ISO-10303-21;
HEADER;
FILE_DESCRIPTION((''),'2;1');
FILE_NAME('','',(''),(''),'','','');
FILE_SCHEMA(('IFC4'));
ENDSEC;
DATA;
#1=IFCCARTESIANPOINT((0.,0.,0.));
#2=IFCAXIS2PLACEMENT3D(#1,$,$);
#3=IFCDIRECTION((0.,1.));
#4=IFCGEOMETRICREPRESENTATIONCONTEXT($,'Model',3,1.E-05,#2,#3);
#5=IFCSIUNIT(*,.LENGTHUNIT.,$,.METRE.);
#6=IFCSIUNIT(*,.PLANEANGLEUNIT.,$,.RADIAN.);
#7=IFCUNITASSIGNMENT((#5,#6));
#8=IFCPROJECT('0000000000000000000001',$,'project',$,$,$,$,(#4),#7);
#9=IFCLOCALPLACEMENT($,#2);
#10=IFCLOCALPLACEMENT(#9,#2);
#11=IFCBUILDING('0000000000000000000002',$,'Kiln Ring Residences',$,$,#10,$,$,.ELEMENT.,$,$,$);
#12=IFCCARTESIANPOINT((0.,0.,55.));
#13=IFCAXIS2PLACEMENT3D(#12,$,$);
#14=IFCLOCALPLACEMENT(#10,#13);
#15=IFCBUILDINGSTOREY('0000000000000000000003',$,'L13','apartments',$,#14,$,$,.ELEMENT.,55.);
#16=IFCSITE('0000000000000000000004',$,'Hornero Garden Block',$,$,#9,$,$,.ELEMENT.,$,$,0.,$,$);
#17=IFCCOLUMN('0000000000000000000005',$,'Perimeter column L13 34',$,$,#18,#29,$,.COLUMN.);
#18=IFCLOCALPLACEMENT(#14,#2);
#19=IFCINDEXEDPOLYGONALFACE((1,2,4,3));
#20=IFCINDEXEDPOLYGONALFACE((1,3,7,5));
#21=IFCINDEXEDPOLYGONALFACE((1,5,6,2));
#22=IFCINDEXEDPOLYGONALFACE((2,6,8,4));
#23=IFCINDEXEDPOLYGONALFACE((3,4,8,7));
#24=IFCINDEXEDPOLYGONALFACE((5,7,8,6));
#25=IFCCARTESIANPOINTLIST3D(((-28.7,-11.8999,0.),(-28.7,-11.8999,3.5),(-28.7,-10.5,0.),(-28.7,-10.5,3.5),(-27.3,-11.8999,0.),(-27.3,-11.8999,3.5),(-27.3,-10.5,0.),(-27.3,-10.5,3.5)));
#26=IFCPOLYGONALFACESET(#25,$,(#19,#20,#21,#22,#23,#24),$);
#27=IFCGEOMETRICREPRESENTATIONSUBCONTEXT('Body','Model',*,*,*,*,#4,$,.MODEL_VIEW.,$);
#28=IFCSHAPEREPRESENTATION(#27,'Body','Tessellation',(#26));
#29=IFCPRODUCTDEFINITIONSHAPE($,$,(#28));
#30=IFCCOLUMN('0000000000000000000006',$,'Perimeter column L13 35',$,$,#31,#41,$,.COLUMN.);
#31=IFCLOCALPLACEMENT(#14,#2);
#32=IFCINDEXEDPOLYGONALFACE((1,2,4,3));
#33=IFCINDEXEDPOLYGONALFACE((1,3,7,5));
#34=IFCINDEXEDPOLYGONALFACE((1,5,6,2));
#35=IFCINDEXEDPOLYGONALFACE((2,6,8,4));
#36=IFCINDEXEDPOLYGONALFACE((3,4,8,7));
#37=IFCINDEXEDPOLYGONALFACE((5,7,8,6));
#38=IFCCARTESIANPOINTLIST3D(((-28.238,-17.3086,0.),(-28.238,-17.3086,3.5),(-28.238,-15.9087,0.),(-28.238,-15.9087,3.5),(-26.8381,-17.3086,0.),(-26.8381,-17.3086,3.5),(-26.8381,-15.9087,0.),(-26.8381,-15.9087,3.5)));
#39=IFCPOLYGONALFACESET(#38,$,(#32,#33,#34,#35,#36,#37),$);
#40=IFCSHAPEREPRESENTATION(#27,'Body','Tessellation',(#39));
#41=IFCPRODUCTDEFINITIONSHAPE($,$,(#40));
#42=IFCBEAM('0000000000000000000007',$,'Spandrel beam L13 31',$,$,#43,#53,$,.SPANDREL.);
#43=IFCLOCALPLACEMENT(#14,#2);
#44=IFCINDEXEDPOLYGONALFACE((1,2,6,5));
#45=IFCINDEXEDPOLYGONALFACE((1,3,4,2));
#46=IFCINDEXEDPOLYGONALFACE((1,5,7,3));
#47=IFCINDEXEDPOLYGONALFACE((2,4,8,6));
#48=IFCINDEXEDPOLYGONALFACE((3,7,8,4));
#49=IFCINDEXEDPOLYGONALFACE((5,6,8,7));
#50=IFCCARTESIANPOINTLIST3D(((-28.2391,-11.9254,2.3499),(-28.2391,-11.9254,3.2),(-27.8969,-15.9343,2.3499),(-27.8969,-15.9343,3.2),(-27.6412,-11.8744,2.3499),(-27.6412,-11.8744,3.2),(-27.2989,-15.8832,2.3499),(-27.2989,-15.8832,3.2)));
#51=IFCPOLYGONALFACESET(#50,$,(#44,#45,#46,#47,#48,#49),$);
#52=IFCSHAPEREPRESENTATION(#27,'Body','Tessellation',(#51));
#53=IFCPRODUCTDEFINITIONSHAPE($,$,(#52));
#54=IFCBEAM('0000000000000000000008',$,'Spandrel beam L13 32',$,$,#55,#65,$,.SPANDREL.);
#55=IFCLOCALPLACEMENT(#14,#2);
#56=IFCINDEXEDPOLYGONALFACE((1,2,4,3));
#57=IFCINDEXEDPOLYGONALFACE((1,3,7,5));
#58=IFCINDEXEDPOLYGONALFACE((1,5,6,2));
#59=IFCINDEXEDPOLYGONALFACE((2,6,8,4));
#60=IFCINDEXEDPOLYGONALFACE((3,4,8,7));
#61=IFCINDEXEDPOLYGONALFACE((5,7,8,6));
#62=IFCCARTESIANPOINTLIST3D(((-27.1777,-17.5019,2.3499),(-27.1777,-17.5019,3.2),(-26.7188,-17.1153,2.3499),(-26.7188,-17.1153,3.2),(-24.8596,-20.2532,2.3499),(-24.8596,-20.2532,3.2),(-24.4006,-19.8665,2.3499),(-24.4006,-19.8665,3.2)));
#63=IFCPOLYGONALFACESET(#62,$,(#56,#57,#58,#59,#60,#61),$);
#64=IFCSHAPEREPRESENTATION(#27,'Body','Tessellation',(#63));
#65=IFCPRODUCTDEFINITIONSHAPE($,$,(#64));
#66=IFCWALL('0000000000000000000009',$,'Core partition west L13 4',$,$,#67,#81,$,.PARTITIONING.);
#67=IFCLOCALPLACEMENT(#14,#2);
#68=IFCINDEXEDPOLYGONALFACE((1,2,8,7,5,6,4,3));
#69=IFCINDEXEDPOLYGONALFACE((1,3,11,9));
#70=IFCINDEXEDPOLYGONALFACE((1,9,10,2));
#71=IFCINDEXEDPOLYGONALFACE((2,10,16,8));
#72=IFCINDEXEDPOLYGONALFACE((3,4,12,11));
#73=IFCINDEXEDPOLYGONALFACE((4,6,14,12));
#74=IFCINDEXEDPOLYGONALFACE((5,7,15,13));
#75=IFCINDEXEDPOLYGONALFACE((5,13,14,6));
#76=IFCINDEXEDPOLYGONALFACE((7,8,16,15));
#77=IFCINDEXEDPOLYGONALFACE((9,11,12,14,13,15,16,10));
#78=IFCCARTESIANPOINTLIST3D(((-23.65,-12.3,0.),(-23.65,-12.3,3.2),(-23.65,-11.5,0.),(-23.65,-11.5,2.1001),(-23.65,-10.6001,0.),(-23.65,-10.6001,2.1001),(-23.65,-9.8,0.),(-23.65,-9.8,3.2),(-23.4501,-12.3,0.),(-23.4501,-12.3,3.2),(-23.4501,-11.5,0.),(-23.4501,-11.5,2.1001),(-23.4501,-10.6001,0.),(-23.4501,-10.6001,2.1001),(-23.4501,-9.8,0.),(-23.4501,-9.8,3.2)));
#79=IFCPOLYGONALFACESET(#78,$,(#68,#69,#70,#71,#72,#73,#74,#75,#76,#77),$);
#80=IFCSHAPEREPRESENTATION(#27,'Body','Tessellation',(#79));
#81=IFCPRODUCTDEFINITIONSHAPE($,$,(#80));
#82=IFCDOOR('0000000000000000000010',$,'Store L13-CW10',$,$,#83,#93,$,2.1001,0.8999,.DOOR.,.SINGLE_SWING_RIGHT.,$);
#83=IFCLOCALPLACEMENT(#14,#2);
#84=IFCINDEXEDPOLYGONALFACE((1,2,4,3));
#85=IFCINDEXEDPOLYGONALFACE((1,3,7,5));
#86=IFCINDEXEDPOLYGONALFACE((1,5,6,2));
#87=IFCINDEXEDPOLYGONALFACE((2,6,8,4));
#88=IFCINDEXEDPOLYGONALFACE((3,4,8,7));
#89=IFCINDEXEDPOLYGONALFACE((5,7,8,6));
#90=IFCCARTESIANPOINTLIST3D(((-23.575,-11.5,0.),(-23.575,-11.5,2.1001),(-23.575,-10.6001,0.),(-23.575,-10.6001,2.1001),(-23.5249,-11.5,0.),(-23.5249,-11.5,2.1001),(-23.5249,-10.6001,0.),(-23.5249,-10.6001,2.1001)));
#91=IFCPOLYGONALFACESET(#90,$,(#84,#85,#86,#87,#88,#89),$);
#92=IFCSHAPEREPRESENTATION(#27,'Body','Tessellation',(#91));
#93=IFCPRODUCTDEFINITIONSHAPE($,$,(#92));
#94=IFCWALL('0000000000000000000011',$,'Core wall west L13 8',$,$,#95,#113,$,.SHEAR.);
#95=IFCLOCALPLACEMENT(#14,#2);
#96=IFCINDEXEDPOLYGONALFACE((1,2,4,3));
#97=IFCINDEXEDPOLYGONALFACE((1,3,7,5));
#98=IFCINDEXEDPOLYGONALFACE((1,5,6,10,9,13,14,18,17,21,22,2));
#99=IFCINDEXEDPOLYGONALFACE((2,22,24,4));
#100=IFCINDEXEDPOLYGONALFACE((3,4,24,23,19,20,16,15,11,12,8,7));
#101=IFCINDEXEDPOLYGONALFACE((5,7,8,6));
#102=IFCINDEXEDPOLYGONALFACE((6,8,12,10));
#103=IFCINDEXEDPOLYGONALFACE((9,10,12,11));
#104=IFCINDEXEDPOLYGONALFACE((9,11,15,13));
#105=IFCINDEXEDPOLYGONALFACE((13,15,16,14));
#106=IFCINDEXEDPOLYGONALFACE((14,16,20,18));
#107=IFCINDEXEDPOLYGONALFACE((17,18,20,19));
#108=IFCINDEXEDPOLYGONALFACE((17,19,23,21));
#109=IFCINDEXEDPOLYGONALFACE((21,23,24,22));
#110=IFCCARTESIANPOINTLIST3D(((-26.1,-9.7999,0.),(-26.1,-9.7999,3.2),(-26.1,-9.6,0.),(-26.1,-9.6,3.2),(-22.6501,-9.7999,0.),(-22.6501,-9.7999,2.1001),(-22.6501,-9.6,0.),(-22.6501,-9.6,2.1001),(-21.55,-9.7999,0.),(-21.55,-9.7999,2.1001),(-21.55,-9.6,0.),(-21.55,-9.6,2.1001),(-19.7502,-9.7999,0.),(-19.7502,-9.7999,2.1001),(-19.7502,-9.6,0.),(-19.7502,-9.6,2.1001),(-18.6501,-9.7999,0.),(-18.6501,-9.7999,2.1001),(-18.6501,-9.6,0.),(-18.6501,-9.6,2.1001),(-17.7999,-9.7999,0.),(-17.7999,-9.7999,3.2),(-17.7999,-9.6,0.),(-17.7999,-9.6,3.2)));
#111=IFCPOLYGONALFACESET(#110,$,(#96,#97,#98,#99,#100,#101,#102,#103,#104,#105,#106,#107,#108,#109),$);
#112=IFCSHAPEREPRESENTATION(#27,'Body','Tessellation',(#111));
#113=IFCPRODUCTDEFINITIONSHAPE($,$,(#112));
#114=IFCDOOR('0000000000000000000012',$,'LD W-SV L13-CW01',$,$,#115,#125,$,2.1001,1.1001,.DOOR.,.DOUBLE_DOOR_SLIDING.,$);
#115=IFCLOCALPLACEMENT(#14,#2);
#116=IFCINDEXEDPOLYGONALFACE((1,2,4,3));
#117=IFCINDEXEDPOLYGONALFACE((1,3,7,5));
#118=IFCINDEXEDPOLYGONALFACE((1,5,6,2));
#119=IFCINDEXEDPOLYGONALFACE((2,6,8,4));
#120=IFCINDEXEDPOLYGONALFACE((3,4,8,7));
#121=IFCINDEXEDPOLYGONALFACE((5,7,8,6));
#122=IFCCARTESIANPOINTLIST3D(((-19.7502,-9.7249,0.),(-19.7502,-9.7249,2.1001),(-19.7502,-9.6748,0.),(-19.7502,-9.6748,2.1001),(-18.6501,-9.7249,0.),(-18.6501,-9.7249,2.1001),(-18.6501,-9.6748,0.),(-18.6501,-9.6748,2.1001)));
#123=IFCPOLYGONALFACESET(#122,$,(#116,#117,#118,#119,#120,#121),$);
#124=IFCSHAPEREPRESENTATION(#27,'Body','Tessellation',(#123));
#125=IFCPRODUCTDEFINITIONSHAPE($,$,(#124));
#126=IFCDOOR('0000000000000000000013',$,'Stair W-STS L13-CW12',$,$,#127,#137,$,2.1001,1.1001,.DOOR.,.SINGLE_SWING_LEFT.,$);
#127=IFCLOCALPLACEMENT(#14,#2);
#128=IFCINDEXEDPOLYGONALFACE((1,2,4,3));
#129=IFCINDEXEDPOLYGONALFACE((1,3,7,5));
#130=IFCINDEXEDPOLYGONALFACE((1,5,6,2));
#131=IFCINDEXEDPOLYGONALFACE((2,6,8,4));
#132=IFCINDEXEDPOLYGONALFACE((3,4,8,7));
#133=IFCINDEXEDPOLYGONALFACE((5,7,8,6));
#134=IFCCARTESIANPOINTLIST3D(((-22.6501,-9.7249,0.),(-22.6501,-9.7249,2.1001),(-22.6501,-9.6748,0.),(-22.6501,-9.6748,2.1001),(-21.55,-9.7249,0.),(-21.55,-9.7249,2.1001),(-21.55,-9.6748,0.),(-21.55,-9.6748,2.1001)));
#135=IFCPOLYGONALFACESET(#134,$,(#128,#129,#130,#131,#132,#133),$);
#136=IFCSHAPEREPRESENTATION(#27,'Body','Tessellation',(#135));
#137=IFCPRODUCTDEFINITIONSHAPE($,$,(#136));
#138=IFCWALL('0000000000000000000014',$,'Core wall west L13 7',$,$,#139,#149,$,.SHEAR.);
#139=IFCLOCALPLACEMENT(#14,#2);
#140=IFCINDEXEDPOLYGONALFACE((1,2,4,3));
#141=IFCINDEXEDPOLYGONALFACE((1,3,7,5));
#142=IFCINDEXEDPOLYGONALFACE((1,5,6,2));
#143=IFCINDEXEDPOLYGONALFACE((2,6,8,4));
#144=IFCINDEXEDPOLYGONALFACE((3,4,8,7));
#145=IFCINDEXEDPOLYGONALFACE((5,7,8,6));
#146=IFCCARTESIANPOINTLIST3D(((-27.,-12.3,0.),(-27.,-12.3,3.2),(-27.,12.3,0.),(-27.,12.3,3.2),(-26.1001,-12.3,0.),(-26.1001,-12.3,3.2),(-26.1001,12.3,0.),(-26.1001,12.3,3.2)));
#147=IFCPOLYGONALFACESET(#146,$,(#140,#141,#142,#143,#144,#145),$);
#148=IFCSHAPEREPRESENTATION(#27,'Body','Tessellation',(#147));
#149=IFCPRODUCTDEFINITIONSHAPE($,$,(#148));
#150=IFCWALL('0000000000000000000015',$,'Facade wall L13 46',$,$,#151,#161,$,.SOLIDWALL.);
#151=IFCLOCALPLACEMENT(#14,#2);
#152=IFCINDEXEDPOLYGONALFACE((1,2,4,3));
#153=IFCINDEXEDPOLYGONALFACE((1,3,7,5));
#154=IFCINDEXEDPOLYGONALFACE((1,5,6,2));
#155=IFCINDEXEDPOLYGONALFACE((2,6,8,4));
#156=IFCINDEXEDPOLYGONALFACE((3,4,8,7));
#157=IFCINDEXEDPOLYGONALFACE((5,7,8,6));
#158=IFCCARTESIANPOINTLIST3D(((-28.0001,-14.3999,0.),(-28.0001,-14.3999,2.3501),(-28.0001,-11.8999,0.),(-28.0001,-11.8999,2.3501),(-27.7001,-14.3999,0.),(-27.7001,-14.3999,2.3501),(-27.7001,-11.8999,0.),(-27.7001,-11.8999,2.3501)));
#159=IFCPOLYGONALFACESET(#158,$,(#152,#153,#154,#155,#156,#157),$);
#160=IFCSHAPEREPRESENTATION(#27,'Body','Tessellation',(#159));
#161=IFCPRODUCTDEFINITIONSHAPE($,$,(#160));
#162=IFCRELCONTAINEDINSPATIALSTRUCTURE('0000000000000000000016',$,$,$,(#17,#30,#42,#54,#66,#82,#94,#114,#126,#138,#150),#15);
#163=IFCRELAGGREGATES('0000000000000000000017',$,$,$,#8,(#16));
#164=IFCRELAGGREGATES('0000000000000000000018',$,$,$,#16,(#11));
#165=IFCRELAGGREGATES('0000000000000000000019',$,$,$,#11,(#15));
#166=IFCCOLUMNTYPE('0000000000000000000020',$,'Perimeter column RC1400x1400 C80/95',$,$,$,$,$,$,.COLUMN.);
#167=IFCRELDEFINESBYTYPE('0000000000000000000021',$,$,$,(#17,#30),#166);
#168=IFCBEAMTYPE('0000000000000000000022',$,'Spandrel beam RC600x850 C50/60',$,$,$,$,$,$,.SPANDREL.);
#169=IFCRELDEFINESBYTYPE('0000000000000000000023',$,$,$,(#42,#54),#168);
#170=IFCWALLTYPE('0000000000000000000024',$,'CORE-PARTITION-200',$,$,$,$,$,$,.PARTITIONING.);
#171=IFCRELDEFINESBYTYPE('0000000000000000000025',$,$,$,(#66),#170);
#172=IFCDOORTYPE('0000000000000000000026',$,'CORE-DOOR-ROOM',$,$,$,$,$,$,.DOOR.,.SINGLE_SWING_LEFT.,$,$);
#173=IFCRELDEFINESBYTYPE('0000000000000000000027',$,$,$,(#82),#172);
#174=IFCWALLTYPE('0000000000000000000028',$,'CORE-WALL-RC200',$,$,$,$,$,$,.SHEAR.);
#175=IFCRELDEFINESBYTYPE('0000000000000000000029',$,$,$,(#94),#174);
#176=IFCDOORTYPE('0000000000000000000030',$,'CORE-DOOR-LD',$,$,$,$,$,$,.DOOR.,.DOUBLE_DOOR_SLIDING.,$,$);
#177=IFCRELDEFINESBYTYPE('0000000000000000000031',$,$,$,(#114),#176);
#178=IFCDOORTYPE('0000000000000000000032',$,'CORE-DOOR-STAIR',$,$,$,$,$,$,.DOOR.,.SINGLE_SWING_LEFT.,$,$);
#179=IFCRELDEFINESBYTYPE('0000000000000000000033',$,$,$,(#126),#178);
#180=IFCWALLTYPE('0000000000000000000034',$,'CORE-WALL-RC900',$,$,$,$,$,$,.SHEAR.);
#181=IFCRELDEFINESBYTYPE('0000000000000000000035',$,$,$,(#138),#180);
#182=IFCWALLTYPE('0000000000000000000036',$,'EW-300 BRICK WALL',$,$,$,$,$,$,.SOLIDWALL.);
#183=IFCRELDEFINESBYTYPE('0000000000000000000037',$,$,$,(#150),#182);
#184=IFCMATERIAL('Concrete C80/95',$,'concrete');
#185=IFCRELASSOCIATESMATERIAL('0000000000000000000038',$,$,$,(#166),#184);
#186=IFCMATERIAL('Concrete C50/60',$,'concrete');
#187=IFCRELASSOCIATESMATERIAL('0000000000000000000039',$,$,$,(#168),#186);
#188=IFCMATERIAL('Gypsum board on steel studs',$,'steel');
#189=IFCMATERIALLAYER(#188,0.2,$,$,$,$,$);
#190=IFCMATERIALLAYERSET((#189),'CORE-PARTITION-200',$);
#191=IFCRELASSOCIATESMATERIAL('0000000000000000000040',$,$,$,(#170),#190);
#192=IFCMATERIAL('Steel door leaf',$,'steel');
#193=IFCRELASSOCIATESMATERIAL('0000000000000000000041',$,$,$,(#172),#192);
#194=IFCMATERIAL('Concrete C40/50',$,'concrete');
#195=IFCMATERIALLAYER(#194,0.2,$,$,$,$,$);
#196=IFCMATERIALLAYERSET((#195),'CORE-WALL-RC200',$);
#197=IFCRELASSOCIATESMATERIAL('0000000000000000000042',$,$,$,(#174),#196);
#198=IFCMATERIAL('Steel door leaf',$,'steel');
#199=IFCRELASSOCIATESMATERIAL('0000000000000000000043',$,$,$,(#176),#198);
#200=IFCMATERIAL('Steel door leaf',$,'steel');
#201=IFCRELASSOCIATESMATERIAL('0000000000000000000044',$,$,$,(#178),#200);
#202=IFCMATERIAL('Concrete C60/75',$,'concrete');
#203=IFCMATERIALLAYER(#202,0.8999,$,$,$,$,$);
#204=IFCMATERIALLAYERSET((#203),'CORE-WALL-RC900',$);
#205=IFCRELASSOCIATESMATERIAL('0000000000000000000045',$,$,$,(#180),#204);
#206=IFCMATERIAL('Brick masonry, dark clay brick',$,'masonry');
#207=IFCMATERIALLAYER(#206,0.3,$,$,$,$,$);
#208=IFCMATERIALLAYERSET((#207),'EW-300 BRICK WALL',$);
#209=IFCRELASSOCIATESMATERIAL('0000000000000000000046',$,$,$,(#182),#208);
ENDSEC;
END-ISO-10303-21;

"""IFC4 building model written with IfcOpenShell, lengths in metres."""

from ifc_helpers import new_model, si_unit, direction, frame, frame_2d, origin, origin_2d, place, context, subcontext, project, spatial, rectangle, extrude, material, layer, layer_set, material_profile, profile_set, type_object, element, fill, save


model = new_model("IFC4")

# Units and contexts
model_context = context("Model", 3, precision=1e-05, world=origin(), true_north=direction((0.0, 1.0)))
body_context = subcontext(model_context, "Body", "Model", "MODEL_VIEW")
ifc_project = project(units=[si_unit("LENGTHUNIT", "METRE"), si_unit("PLANEANGLEUNIT", "RADIAN")], contexts=[model_context])

# Site, building, storey
site_placement = place(None, origin())
site = spatial("IfcSite", under=ifc_project, at=site_placement, Name="Hornero Garden Block", CompositionType="ELEMENT", RefElevation=0.0)
building_placement = place(site_placement, origin())
building = spatial("IfcBuilding", under=site, at=building_placement, Name="Kiln Ring Residences", CompositionType="ELEMENT")
storey_placement = place(building_placement, frame((0.0, 0.0, 55.0)))
storey = spatial("IfcBuildingStorey", under=building, at=storey_placement, Name="L13", Description="apartments", CompositionType="ELEMENT", Elevation=55.0)

# Columns
ifc_material_1 = material(Name="Concrete C80/95", Category="concrete")
ifc_material_profile_1 = material_profile(ifc_material_1, rectangle(XDim=1.3999, YDim=1.3999, at=origin_2d()), Name="RC1400x1400")
ifc_profile_set_1 = profile_set([ifc_material_profile_1], Name="Concrete C80/95")
column_type = type_object("IfcColumnType", Name="Perimeter column RC1400x1400 C80/95", PredefinedType="COLUMN", material=ifc_profile_set_1)
for number, where, z_axis, x_axis, name in (
    (1, (-28.0, -11.2, 0.0), (0.0, 0.0, 1.0), (1.0, 0.0, 0.0), "Perimeter column L13 34"),
    (2, (-27.5381, -16.6086, 0.0), (0.0, 0.0, 1.0), (1.0, 0.0, 0.0), "Perimeter column L13 35"),
):
    element("IfcColumn", number, at=place(storey_placement, frame(where, z_axis=z_axis, x_axis=x_axis)), inside=storey, type_object=column_type, Name=name, PredefinedType="COLUMN", context=body_context, shape_type="SweptSolid", body=[
        extrude(rectangle(XDim=1.3999, YDim=1.3999, at=origin_2d()), origin(), (0.0, 0.0, 1.0), 3.5),
    ])

# Beams
ifc_material_2 = material(Name="Concrete C50/60", Category="concrete")
ifc_material_profile_2 = material_profile(ifc_material_2, rectangle(XDim=0.6001, YDim=0.8501, at=origin_2d()), Name="RC600x850")
ifc_profile_set_2 = profile_set([ifc_material_profile_2], Name="Concrete C50/60")
beam_type = type_object("IfcBeamType", Name="Spandrel beam RC600x850 C50/60", PredefinedType="SPANDREL", material=ifc_profile_set_2)
beam_1_placement = place(storey_placement, frame((-27.9402, -11.8999, 2.7749), z_axis=(0.085074, -0.996375, 0.0), x_axis=(0.996375, 0.085074, 0.0)))
element("IfcBeam", 3, at=beam_1_placement, inside=storey, type_object=beam_type, Name="Spandrel beam L13 31", PredefinedType="SPANDREL", context=body_context, shape_type="SweptSolid", body=[
    extrude(rectangle(XDim=0.6001, YDim=0.8501, at=origin_2d()), origin(), (0.0, 0.0, 1.0), 4.0234),
])
beam_2_placement = place(storey_placement, frame((-26.9482, -17.3086, 2.7749), z_axis=(0.644347, -0.764733, 0.0), x_axis=(0.764733, 0.644347, 0.0)))
element("IfcBeam", 4, at=beam_2_placement, inside=storey, type_object=beam_type, Name="Spandrel beam L13 32", PredefinedType="SPANDREL", context=body_context, shape_type="SweptSolid", body=[
    extrude(rectangle(XDim=0.6001, YDim=0.8501, at=origin_2d()), origin(), (0.0, 0.0, 1.0), 3.5977),
])

# Wall, opening, door
ifc_material_3 = material(Name="Gypsum board on steel studs", Category="steel")
ifc_layer_1 = layer(ifc_material_3, 0.2)
ifc_layer_set_1 = layer_set([ifc_layer_1], Name="CORE-PARTITION-200")
wall_type_1 = type_object("IfcWallType", Name="CORE-PARTITION-200", PredefinedType="PARTITIONING", material=ifc_layer_set_1)
wall_1_placement = place(storey_placement, frame((-23.55, -12.3, 0.0), z_axis=(0.0, 0.0, 1.0), x_axis=(0.0, 1.0, 0.0)))
wall_1 = element("IfcWall", 5, at=wall_1_placement, inside=storey, type_object=wall_type_1, Name="Core partition west L13 4", PredefinedType="PARTITIONING", context=body_context, shape_type="SweptSolid", body=[
    extrude(rectangle(XDim=2.5, YDim=0.2, at=frame_2d((1.25, 0.0))), origin(), (0.0, 0.0, 1.0), 3.2),
])
opening_1_placement = place(wall_1_placement, frame((0.8, 0.0, 0.0)))
opening_1 = element("IfcOpeningElement", 6, at=opening_1_placement, cuts=wall_1, PredefinedType="OPENING", context=body_context, shape_type="SweptSolid", body=[
    extrude(rectangle(XDim=0.8999, YDim=2.1001, at=frame_2d((0.45, 1.05))), frame((0.0, 0.1099, 0.0), z_axis=(0.0, -1.0, 0.0), x_axis=(1.0, 0.0, 0.0)), (0.0, 0.0, 1.0), 0.22),
])
ifc_material_4 = material(Name="Steel door leaf", Category="steel")
door_type_1 = type_object("IfcDoorType", Name="CORE-DOOR-ROOM", OperationType="SINGLE_SWING_LEFT", PredefinedType="DOOR", material=ifc_material_4)
door_1_placement = place(opening_1_placement, origin())
door_1 = element("IfcDoor", 7, at=door_1_placement, inside=storey, type_object=door_type_1, Name="Store L13-CW10", OperationType="SINGLE_SWING_RIGHT", OverallHeight=2.1001, OverallWidth=0.8999, PredefinedType="DOOR", context=body_context, shape_type="SweptSolid", body=[
    extrude(rectangle(XDim=0.8999, YDim=2.1001, at=frame_2d((0.45, 1.05))), frame((0.0, 0.0249, 0.0), z_axis=(0.0, -1.0, 0.0), x_axis=(1.0, 0.0, 0.0)), (0.0, 0.0, 1.0), 0.05),
])
fill(opening_1, door_1)

# Wall, openings, doors
ifc_material_5 = material(Name="Concrete C40/50", Category="concrete")
ifc_layer_2 = layer(ifc_material_5, 0.2)
ifc_layer_set_2 = layer_set([ifc_layer_2], Name="CORE-WALL-RC200")
wall_type_2 = type_object("IfcWallType", Name="CORE-WALL-RC200", PredefinedType="SHEAR", material=ifc_layer_set_2)
wall_2_placement = place(storey_placement, frame((-17.8, -9.7, 0.0), z_axis=(0.0, 0.0, 1.0), x_axis=(-1.0, 0.0, 0.0)))
wall_2 = element("IfcWall", 8, at=wall_2_placement, inside=storey, type_object=wall_type_2, Name="Core wall west L13 8", PredefinedType="SHEAR", context=body_context, shape_type="SweptSolid", body=[
    extrude(rectangle(XDim=8.3, YDim=0.2, at=frame_2d((4.1499, 0.0))), origin(), (0.0, 0.0, 1.0), 3.2),
])
opening_2_placement = place(wall_2_placement, frame((0.8501, 0.0, 0.0)))
opening_2 = element("IfcOpeningElement", 9, at=opening_2_placement, cuts=wall_2, PredefinedType="OPENING", context=body_context, shape_type="SweptSolid", body=[
    extrude(rectangle(XDim=1.1001, YDim=2.1001, at=frame_2d((0.55, 1.05))), frame((0.0, 0.1099, 0.0), z_axis=(0.0, -1.0, 0.0), x_axis=(1.0, 0.0, 0.0)), (0.0, 0.0, 1.0), 0.22),
])
opening_3_placement = place(wall_2_placement, frame((3.75, 0.0, 0.0)))
opening_3 = element("IfcOpeningElement", 10, at=opening_3_placement, cuts=wall_2, PredefinedType="OPENING", context=body_context, shape_type="SweptSolid", body=[
    extrude(rectangle(XDim=1.1001, YDim=2.1001, at=frame_2d((0.55, 1.05))), frame((0.0, 0.1099, 0.0), z_axis=(0.0, -1.0, 0.0), x_axis=(1.0, 0.0, 0.0)), (0.0, 0.0, 1.0), 0.22),
])
ifc_material_6 = material(Name="Steel door leaf", Category="steel")
door_type_2 = type_object("IfcDoorType", Name="CORE-DOOR-LD", OperationType="DOUBLE_DOOR_SLIDING", PredefinedType="DOOR", material=ifc_material_6)
door_2_placement = place(opening_2_placement, origin())
door_2 = element("IfcDoor", 11, at=door_2_placement, inside=storey, type_object=door_type_2, Name="LD W-SV L13-CW01", OperationType="DOUBLE_DOOR_SLIDING", OverallHeight=2.1001, OverallWidth=1.1001, PredefinedType="DOOR", context=body_context, shape_type="SweptSolid", body=[
    extrude(rectangle(XDim=1.1001, YDim=2.1001, at=frame_2d((0.55, 1.05))), frame((0.0, 0.0249, 0.0), z_axis=(0.0, -1.0, 0.0), x_axis=(1.0, 0.0, 0.0)), (0.0, 0.0, 1.0), 0.05),
])
fill(opening_2, door_2)
ifc_material_7 = material(Name="Steel door leaf", Category="steel")
door_type_3 = type_object("IfcDoorType", Name="CORE-DOOR-STAIR", OperationType="SINGLE_SWING_LEFT", PredefinedType="DOOR", material=ifc_material_7)
door_3_placement = place(opening_3_placement, origin())
door_3 = element("IfcDoor", 12, at=door_3_placement, inside=storey, type_object=door_type_3, Name="Stair W-STS L13-CW12", OperationType="SINGLE_SWING_LEFT", OverallHeight=2.1001, OverallWidth=1.1001, PredefinedType="DOOR", context=body_context, shape_type="SweptSolid", body=[
    extrude(rectangle(XDim=1.1001, YDim=2.1001, at=frame_2d((0.55, 1.05))), frame((0.0, 0.0249, 0.0), z_axis=(0.0, -1.0, 0.0), x_axis=(1.0, 0.0, 0.0)), (0.0, 0.0, 1.0), 0.05),
])
fill(opening_3, door_3)

# Walls
ifc_material_8 = material(Name="Concrete C60/75", Category="concrete")
ifc_layer_3 = layer(ifc_material_8, 0.8999)
ifc_layer_set_3 = layer_set([ifc_layer_3], Name="CORE-WALL-RC900")
wall_type_3 = type_object("IfcWallType", Name="CORE-WALL-RC900", PredefinedType="SHEAR", material=ifc_layer_set_3)
wall_3_placement = place(storey_placement, frame((-26.55, -12.3, 0.0), z_axis=(0.0, 0.0, 1.0), x_axis=(0.0, 1.0, 0.0)))
element("IfcWall", 13, at=wall_3_placement, inside=storey, type_object=wall_type_3, Name="Core wall west L13 7", PredefinedType="SHEAR", context=body_context, shape_type="SweptSolid", body=[
    extrude(rectangle(XDim=24.6001, YDim=0.8999, at=frame_2d((12.3, 0.0))), origin(), (0.0, 0.0, 1.0), 3.2),
])
ifc_material_9 = material(Name="Brick masonry, dark clay brick", Category="masonry")
ifc_layer_4 = layer(ifc_material_9, 0.3)
ifc_layer_set_4 = layer_set([ifc_layer_4], Name="EW-300 BRICK WALL")
wall_type_4 = type_object("IfcWallType", Name="EW-300 BRICK WALL", PredefinedType="SOLIDWALL", material=ifc_layer_set_4)
wall_4_placement = place(storey_placement, frame((-27.8501, -11.8999, 0.0), z_axis=(0.0, 0.0, 1.0), x_axis=(0.0, -1.0, 0.0)))
element("IfcWall", 14, at=wall_4_placement, inside=storey, type_object=wall_type_4, Name="Facade wall L13 46", PredefinedType="SOLIDWALL", context=body_context, shape_type="SweptSolid", body=[
    extrude(rectangle(XDim=2.5, YDim=0.3, at=frame_2d((1.25, 0.0))), origin(), (0.0, 0.0, 1.0), 2.3501),
])

save(model, "model.ifc")
